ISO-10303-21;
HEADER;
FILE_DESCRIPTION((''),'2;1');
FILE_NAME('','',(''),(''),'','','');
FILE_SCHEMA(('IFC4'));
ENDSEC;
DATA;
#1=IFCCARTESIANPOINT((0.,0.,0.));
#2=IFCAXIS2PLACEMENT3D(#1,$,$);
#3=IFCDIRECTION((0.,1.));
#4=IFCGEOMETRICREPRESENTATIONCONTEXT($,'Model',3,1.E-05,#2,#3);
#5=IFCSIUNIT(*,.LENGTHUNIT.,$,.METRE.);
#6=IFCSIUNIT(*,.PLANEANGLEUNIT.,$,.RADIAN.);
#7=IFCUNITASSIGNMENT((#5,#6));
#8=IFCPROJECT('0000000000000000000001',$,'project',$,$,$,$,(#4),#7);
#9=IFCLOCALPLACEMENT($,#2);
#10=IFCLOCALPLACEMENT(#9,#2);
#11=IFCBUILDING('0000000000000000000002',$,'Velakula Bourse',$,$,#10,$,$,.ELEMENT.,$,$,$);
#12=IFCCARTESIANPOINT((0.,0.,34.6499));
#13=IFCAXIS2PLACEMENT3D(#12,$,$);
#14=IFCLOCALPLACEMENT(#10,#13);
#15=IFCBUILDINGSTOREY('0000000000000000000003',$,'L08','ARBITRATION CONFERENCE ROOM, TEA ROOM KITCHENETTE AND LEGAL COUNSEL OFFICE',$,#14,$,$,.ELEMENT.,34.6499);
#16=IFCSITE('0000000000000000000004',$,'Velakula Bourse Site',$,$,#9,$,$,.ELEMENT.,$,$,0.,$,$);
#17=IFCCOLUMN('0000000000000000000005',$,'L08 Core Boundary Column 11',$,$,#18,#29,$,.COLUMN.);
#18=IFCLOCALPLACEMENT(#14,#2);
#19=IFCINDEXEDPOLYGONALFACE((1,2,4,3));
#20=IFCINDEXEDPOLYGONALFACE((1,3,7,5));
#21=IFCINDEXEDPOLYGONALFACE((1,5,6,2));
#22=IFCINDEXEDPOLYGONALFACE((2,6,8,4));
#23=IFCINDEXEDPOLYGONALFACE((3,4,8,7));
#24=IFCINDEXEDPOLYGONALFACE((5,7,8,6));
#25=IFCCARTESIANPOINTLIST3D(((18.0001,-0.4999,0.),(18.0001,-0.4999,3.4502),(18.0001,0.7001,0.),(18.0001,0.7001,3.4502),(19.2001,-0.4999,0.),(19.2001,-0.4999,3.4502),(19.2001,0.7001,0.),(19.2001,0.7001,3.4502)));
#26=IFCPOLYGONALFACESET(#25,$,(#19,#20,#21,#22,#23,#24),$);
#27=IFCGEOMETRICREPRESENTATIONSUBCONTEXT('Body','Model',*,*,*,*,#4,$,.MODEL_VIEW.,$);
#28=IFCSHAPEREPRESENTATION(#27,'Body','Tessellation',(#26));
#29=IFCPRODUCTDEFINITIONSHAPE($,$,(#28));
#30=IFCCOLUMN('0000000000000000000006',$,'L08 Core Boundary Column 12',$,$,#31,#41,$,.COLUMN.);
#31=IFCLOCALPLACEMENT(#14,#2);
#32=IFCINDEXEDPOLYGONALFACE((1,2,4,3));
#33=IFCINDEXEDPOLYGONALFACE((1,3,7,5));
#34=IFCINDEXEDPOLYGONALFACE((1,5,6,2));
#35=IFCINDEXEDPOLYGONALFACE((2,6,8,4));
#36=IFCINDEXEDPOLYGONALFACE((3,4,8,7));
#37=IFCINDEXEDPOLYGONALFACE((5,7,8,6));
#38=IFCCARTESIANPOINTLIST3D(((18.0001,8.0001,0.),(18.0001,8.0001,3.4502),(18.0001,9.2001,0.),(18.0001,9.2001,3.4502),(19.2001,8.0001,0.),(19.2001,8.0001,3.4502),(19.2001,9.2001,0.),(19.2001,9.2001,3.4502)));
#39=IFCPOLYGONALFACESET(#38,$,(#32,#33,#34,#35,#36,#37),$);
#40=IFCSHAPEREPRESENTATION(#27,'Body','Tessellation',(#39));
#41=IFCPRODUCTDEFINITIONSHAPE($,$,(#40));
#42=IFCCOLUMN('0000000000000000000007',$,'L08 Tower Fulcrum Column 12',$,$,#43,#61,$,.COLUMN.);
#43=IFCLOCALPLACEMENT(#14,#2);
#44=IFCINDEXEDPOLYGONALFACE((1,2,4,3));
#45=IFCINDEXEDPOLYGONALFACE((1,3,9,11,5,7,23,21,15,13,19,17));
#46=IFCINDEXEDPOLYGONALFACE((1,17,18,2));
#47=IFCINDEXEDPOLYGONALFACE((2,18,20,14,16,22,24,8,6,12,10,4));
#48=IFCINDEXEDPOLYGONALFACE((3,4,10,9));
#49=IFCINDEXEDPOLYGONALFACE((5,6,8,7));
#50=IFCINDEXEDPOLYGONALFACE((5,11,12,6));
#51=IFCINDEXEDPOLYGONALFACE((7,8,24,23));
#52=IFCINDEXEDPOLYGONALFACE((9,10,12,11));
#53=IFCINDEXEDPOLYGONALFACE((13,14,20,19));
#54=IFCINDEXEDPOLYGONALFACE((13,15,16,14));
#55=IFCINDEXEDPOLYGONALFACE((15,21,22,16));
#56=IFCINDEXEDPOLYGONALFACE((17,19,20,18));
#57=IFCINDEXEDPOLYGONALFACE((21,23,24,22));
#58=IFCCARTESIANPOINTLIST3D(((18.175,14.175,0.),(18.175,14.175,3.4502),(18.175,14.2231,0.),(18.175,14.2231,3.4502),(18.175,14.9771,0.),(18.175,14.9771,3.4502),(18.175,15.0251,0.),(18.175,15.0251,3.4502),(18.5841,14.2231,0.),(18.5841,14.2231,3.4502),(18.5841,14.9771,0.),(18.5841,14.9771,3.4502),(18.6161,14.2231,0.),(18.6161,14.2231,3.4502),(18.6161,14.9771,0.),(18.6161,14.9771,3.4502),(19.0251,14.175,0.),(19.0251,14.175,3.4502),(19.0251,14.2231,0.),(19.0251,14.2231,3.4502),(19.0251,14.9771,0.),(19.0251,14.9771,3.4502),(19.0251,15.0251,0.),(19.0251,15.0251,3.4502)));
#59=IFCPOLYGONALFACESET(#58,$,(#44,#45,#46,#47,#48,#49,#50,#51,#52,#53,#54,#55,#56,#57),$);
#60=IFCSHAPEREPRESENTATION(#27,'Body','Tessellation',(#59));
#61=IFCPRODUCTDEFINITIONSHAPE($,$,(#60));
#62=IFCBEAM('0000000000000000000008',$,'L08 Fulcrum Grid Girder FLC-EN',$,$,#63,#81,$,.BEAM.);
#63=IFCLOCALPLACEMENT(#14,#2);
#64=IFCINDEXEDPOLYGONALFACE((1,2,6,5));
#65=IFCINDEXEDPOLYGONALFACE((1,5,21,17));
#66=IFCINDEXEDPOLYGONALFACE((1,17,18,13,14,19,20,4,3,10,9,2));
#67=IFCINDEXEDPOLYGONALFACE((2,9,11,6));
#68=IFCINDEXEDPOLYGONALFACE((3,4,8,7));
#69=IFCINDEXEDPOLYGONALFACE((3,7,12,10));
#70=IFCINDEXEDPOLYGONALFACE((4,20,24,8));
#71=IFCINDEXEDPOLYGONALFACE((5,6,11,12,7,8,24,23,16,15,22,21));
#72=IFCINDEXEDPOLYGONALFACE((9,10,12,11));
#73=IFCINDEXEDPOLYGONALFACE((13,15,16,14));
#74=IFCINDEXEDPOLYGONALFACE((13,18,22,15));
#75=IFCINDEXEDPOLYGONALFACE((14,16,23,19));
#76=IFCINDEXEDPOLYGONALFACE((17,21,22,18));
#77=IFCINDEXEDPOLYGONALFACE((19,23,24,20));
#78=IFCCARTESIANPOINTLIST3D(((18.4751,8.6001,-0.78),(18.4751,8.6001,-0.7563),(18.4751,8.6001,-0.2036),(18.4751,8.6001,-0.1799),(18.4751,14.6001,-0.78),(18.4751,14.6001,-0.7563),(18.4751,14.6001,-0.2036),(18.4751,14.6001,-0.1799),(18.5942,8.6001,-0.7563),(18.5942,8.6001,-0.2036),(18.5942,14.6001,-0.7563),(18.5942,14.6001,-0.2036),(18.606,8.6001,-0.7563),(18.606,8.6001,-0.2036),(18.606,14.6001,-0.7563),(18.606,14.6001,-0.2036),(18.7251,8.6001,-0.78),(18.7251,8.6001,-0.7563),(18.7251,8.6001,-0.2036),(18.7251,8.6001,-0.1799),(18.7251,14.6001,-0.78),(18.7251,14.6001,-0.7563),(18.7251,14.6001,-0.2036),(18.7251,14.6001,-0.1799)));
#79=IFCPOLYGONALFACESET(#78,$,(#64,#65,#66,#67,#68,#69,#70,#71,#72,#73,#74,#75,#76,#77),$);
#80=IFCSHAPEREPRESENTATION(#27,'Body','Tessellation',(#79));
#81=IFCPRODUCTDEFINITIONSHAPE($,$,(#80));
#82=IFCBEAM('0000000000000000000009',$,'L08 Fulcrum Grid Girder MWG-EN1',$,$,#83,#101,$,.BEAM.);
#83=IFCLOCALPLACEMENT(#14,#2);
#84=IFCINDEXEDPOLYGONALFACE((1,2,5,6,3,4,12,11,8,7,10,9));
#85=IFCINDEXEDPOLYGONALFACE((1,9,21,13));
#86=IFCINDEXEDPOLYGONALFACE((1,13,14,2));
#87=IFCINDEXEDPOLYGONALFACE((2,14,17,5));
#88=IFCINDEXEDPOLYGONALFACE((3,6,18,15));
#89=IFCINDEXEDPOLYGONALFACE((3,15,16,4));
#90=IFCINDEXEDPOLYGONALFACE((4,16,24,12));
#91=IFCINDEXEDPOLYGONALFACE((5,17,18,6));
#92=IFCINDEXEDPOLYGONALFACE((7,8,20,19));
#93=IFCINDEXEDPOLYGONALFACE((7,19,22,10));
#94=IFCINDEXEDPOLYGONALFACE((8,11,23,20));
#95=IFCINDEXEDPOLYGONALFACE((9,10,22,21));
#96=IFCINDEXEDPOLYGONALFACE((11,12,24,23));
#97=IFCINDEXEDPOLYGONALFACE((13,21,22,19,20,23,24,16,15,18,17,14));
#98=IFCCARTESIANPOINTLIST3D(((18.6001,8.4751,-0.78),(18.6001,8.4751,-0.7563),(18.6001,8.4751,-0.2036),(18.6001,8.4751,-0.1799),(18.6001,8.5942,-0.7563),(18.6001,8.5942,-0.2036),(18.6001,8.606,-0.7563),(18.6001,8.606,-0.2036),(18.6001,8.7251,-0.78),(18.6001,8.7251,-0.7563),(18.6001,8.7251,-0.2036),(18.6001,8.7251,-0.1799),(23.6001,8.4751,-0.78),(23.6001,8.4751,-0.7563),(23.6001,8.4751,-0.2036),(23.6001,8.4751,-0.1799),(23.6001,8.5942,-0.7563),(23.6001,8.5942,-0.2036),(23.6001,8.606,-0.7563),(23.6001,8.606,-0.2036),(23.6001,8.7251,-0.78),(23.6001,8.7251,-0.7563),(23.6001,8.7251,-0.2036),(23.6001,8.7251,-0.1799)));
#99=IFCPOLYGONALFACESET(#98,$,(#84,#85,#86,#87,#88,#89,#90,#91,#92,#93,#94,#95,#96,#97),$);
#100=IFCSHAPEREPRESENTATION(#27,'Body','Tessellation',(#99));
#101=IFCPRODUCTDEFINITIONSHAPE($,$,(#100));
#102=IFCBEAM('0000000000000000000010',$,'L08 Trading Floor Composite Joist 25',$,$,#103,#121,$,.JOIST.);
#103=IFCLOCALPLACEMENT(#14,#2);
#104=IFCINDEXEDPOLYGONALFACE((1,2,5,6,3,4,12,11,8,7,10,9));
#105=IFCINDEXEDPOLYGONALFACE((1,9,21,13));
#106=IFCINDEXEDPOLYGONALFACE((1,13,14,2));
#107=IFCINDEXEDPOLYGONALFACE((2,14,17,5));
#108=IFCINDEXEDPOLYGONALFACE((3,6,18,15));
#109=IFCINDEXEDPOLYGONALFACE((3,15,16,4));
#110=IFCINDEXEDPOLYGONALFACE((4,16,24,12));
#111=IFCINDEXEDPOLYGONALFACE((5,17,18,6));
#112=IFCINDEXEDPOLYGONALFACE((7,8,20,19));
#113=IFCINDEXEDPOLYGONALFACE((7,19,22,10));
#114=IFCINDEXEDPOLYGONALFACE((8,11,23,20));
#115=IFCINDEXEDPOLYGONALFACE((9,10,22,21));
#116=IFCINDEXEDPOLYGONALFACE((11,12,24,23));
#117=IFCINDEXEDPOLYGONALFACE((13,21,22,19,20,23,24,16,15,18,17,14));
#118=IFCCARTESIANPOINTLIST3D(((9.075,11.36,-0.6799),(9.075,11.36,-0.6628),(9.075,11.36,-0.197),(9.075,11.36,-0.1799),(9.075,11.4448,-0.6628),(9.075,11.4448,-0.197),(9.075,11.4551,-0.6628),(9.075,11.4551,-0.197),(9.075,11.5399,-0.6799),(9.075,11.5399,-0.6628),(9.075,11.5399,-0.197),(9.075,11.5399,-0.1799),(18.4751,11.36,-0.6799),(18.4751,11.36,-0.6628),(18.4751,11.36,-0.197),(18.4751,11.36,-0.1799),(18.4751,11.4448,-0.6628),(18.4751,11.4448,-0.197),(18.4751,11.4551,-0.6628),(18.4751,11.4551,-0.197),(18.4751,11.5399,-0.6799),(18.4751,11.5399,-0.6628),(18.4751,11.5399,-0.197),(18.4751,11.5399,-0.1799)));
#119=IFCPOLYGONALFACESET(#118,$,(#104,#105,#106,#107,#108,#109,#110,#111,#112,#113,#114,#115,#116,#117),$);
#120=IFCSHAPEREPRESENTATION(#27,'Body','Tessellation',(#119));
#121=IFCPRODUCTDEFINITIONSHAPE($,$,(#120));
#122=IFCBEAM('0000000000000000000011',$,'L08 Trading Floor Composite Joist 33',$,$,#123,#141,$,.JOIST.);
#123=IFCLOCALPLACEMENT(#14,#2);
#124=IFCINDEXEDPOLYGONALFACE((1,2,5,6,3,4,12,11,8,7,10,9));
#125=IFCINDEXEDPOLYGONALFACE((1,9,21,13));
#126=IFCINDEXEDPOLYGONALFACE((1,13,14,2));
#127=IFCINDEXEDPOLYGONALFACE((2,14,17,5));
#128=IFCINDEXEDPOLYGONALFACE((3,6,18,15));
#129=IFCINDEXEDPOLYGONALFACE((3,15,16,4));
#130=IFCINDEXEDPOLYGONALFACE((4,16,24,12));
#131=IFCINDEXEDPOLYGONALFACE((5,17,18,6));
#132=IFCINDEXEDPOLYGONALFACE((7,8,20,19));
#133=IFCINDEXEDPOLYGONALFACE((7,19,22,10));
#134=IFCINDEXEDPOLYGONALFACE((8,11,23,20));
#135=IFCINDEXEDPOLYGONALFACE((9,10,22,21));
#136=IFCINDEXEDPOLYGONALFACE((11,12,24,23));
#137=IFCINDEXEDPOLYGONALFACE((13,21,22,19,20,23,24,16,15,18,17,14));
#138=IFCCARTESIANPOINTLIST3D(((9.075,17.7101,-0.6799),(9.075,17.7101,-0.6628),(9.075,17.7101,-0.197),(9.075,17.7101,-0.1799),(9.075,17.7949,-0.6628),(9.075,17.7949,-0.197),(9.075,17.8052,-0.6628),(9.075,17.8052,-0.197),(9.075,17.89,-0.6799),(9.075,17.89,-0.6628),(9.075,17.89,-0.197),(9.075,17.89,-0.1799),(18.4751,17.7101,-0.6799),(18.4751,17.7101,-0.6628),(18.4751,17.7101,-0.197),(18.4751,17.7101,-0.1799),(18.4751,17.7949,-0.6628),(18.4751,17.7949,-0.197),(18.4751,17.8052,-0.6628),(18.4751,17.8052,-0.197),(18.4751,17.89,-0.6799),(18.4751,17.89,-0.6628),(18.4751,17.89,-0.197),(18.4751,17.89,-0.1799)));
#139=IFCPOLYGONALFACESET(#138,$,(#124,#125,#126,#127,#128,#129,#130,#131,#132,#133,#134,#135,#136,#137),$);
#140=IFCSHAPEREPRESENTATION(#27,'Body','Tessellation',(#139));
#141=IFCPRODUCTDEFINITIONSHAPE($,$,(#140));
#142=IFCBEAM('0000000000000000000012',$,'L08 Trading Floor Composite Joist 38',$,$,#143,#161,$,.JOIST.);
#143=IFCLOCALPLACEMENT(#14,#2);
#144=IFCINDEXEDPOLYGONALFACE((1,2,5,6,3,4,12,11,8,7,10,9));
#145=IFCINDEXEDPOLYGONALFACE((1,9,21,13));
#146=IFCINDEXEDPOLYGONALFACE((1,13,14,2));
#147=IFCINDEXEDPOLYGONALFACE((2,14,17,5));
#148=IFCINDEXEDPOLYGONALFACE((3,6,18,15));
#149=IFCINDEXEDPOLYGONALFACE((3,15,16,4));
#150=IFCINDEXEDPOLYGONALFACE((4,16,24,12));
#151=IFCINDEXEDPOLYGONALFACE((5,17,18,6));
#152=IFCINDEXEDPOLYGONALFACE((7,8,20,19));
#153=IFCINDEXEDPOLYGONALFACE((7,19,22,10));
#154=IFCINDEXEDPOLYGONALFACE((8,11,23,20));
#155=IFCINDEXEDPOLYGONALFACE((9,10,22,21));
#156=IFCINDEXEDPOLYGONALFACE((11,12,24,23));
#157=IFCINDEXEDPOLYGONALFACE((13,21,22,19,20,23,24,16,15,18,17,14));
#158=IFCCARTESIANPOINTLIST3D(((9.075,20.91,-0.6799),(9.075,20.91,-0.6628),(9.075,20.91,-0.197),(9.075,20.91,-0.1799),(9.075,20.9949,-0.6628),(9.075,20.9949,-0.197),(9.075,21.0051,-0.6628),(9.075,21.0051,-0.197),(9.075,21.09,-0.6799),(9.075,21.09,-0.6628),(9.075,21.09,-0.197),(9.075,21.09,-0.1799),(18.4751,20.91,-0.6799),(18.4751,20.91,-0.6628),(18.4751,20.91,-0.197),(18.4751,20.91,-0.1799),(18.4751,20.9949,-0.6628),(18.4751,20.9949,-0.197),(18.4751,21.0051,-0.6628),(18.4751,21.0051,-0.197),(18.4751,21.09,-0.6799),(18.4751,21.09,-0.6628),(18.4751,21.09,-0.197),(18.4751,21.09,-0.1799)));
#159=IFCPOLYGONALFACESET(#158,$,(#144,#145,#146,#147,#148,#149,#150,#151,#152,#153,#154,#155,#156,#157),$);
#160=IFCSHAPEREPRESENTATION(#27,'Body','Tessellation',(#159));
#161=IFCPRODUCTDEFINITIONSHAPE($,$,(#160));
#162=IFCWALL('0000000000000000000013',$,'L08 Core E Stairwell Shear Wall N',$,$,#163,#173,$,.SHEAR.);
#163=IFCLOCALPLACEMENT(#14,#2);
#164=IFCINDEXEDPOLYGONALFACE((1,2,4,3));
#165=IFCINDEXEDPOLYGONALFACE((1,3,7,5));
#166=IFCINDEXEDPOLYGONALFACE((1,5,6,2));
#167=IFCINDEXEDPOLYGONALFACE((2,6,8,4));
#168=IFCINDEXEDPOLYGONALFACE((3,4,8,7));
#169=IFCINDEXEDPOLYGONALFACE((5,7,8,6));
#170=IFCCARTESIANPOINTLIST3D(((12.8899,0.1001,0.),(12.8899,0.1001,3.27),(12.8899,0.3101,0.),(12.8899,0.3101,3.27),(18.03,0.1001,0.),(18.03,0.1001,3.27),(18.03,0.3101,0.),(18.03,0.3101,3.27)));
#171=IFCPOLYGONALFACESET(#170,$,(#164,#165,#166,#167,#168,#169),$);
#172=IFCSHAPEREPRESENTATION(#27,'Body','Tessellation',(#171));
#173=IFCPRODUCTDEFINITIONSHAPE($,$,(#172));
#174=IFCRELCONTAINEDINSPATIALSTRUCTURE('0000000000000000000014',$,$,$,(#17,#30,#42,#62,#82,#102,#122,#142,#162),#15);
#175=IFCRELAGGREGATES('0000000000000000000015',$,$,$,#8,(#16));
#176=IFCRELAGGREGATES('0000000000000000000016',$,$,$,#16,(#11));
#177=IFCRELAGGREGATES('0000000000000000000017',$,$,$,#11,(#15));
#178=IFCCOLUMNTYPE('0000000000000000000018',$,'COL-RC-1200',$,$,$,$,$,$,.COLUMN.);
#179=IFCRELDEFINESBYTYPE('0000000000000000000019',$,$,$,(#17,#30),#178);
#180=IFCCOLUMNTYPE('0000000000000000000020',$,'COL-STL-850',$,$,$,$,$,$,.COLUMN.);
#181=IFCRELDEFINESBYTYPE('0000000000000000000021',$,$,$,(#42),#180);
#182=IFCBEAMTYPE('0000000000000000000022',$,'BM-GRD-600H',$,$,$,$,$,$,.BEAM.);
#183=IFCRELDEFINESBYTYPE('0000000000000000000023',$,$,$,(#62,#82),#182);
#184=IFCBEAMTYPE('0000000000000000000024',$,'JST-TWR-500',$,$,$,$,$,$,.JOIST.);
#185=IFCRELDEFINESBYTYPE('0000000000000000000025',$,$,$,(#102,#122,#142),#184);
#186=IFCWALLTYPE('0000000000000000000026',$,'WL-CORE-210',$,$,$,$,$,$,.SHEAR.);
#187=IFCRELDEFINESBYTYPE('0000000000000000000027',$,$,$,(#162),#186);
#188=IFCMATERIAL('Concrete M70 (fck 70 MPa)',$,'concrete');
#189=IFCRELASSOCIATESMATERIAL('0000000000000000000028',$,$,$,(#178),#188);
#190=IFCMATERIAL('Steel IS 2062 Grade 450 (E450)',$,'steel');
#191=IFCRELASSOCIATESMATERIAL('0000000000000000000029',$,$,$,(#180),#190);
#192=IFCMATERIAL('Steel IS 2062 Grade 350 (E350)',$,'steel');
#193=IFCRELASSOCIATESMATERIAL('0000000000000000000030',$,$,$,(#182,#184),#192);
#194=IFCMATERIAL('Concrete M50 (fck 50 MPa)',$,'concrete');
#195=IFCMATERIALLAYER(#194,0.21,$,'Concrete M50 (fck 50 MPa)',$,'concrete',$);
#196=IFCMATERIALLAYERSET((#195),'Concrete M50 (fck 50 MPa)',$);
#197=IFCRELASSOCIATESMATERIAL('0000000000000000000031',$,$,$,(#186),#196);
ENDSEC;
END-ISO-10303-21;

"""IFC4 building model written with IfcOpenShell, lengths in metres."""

from ifc_helpers import new_model, si_unit, direction, frame, frame_2d, origin, origin_2d, place, context, subcontext, project, spatial, rectangle, i_section, extrude, material, layer, layer_set, material_profile, profile_set, type_object, element, save


model = new_model("IFC4")

# Units and contexts
model_context = context("Model", 3, precision=1e-05, world=origin(), true_north=direction((0.0, 1.0)))
body_context = subcontext(model_context, "Body", "Model", "MODEL_VIEW")
ifc_project = project(units=[si_unit("LENGTHUNIT", "METRE"), si_unit("PLANEANGLEUNIT", "RADIAN")], contexts=[model_context])

# Site, building, storey
site_placement = place(None, origin())
site = spatial("IfcSite", under=ifc_project, at=site_placement, Name="Velakula Bourse Site", CompositionType="ELEMENT", RefElevation=0.0)
building_placement = place(site_placement, origin())
building = spatial("IfcBuilding", under=site, at=building_placement, Name="Velakula Bourse", CompositionType="ELEMENT")
storey_placement = place(building_placement, frame((0.0, 0.0, 34.6499)))
storey = spatial("IfcBuildingStorey", under=building, at=storey_placement, Name="L08", Description="ARBITRATION CONFERENCE ROOM, TEA ROOM KITCHENETTE AND LEGAL COUNSEL OFFICE", CompositionType="ELEMENT", Elevation=34.6499)

# Columns
ifc_material_1 = material(Name="Concrete M70 (fck 70 MPa)", Category="concrete")
ifc_material_profile_1 = material_profile(ifc_material_1, rectangle(XDim=1.2, YDim=1.2, at=origin_2d()), Name="Concrete M70 (fck 70 MPa)")
ifc_profile_set_1 = profile_set([ifc_material_profile_1], Name="Concrete M70 (fck 70 MPa)")
column_type_1 = type_object("IfcColumnType", Name="COL-RC-1200", PredefinedType="COLUMN", material=ifc_profile_set_1)
for number, where, z_axis, x_axis, name in (
    (1, (18.6001, 0.1001, 0.0), (0.0, 0.0, 1.0), (1.0, 0.0, 0.0), "L08 Core Boundary Column 11"),
    (2, (18.6001, 8.6001, 0.0), (0.0, 0.0, 1.0), (1.0, 0.0, 0.0), "L08 Core Boundary Column 12"),
):
    element("IfcColumn", number, at=place(storey_placement, frame(where, z_axis=z_axis, x_axis=x_axis)), inside=storey, type_object=column_type_1, Name=name, PredefinedType="COLUMN", context=body_context, shape_type="SweptSolid", body=[
        extrude(rectangle(XDim=1.2, YDim=1.2, at=origin_2d()), origin(), (0.0, 0.0, 1.0), 3.4502),
    ])
ifc_material_2 = material(Name="Steel IS 2062 Grade 450 (E450)", Category="steel")
ifc_material_profile_2 = material_profile(ifc_material_2, i_section(OverallWidth=0.8501, OverallDepth=0.8501, WebThickness=0.032, FlangeThickness=0.0481, at=origin_2d()), Name="Steel IS 2062 Grade 450 (E450)")
ifc_profile_set_2 = profile_set([ifc_material_profile_2], Name="Steel IS 2062 Grade 450 (E450)")
column_type_2 = type_object("IfcColumnType", Name="COL-STL-850", PredefinedType="COLUMN", material=ifc_profile_set_2)
column_placement = place(storey_placement, frame((18.6001, 14.6001, 0.0), z_axis=(0.0, 0.0, 1.0), x_axis=(1.0, 0.0, 0.0)))
element("IfcColumn", 3, at=column_placement, inside=storey, type_object=column_type_2, Name="L08 Tower Fulcrum Column 12", PredefinedType="COLUMN", context=body_context, shape_type="SweptSolid", body=[
    extrude(i_section(OverallWidth=0.8501, OverallDepth=0.8501, WebThickness=0.032, FlangeThickness=0.0481, at=origin_2d()), origin(), (0.0, 0.0, 1.0), 3.4502),
])

# Beams
ifc_material_3 = material(Name="Steel IS 2062 Grade 350 (E350)", Category="steel")
ifc_material_profile_3 = material_profile(ifc_material_3, i_section(OverallWidth=0.25, OverallDepth=0.6001, WebThickness=0.0117, FlangeThickness=0.0237, at=origin_2d()), Name="Steel IS 2062 Grade 350 (E350)")
ifc_profile_set_3 = profile_set([ifc_material_profile_3], Name="Steel IS 2062 Grade 350 (E350)")
beam_type_1 = type_object("IfcBeamType", Name="BM-GRD-600H", PredefinedType="BEAM", material=ifc_profile_set_3)
beam_1_placement = place(storey_placement, frame((18.6001, 8.6001, -0.48), z_axis=(0.0, 1.0, 0.0), x_axis=(-1.0, 0.0, 0.0)))
element("IfcBeam", 4, at=beam_1_placement, inside=storey, type_object=beam_type_1, Name="L08 Fulcrum Grid Girder FLC-EN", PredefinedType="BEAM", context=body_context, shape_type="SweptSolid", body=[
    extrude(i_section(OverallWidth=0.25, OverallDepth=0.6001, WebThickness=0.0117, FlangeThickness=0.0237, at=origin_2d()), origin(), (0.0, 0.0, 1.0), 6.0),
])
beam_2_placement = place(storey_placement, frame((18.6001, 8.6001, -0.48), z_axis=(1.0, 0.0, 0.0), x_axis=(0.0, 1.0, 0.0)))
element("IfcBeam", 5, at=beam_2_placement, inside=storey, type_object=beam_type_1, Name="L08 Fulcrum Grid Girder MWG-EN1", PredefinedType="BEAM", context=body_context, shape_type="SweptSolid", body=[
    extrude(i_section(OverallWidth=0.25, OverallDepth=0.6001, WebThickness=0.0117, FlangeThickness=0.0237, at=origin_2d()), origin(), (0.0, 0.0, 1.0), 5.0),
])
ifc_material_profile_4 = material_profile(ifc_material_3, i_section(OverallWidth=0.1799, OverallDepth=0.5, WebThickness=0.0103, FlangeThickness=0.0171, at=origin_2d()), Name="Steel IS 2062 Grade 350 (E350)")
ifc_profile_set_4 = profile_set([ifc_material_profile_4], Name="Steel IS 2062 Grade 350 (E350)")
beam_type_2 = type_object("IfcBeamType", Name="JST-TWR-500", PredefinedType="JOIST", material=ifc_profile_set_4)
for number, where, z_axis, x_axis, name in (
    (6, (9.075, 11.45, -0.4299), (1.0, 0.0, 0.0), (0.0, 1.0, 0.0), "L08 Trading Floor Composite Joist 25"),
    (7, (9.075, 17.8, -0.4299), (1.0, 0.0, 0.0), (0.0, 1.0, 0.0), "L08 Trading Floor Composite Joist 33"),
    (8, (9.075, 21.0, -0.4299), (1.0, 0.0, 0.0), (0.0, 1.0, 0.0), "L08 Trading Floor Composite Joist 38"),
):
    element("IfcBeam", number, at=place(storey_placement, frame(where, z_axis=z_axis, x_axis=x_axis)), inside=storey, type_object=beam_type_2, Name=name, PredefinedType="JOIST", context=body_context, shape_type="SweptSolid", body=[
        extrude(i_section(OverallWidth=0.1799, OverallDepth=0.5, WebThickness=0.0103, FlangeThickness=0.0171, at=origin_2d()), origin(), (0.0, 0.0, 1.0), 9.4001),
    ])

# Wall
ifc_material_4 = material(Name="Concrete M50 (fck 50 MPa)", Category="concrete")
ifc_layer_1 = layer(ifc_material_4, 0.21, Name="Concrete M50 (fck 50 MPa)", Category="concrete")
ifc_layer_set_1 = layer_set([ifc_layer_1], Name="Concrete M50 (fck 50 MPa)")
wall_type_1 = type_object("IfcWallType", Name="WL-CORE-210", PredefinedType="SHEAR", material=ifc_layer_set_1)
wall_1_placement = place(storey_placement, frame((18.03, 0.2051, 0.0), z_axis=(0.0, 0.0, 1.0), x_axis=(-1.0, 0.0, 0.0)))
element("IfcWall", 9, at=wall_1_placement, inside=storey, type_object=wall_type_1, Name="L08 Core E Stairwell Shear Wall N", PredefinedType="SHEAR", context=body_context, shape_type="SweptSolid", body=[
    extrude(rectangle(XDim=5.1401, YDim=0.21, at=frame_2d((2.5701, 0.0))), origin(), (0.0, 0.0, 1.0), 3.27),
])

save(model, "model.ifc")
